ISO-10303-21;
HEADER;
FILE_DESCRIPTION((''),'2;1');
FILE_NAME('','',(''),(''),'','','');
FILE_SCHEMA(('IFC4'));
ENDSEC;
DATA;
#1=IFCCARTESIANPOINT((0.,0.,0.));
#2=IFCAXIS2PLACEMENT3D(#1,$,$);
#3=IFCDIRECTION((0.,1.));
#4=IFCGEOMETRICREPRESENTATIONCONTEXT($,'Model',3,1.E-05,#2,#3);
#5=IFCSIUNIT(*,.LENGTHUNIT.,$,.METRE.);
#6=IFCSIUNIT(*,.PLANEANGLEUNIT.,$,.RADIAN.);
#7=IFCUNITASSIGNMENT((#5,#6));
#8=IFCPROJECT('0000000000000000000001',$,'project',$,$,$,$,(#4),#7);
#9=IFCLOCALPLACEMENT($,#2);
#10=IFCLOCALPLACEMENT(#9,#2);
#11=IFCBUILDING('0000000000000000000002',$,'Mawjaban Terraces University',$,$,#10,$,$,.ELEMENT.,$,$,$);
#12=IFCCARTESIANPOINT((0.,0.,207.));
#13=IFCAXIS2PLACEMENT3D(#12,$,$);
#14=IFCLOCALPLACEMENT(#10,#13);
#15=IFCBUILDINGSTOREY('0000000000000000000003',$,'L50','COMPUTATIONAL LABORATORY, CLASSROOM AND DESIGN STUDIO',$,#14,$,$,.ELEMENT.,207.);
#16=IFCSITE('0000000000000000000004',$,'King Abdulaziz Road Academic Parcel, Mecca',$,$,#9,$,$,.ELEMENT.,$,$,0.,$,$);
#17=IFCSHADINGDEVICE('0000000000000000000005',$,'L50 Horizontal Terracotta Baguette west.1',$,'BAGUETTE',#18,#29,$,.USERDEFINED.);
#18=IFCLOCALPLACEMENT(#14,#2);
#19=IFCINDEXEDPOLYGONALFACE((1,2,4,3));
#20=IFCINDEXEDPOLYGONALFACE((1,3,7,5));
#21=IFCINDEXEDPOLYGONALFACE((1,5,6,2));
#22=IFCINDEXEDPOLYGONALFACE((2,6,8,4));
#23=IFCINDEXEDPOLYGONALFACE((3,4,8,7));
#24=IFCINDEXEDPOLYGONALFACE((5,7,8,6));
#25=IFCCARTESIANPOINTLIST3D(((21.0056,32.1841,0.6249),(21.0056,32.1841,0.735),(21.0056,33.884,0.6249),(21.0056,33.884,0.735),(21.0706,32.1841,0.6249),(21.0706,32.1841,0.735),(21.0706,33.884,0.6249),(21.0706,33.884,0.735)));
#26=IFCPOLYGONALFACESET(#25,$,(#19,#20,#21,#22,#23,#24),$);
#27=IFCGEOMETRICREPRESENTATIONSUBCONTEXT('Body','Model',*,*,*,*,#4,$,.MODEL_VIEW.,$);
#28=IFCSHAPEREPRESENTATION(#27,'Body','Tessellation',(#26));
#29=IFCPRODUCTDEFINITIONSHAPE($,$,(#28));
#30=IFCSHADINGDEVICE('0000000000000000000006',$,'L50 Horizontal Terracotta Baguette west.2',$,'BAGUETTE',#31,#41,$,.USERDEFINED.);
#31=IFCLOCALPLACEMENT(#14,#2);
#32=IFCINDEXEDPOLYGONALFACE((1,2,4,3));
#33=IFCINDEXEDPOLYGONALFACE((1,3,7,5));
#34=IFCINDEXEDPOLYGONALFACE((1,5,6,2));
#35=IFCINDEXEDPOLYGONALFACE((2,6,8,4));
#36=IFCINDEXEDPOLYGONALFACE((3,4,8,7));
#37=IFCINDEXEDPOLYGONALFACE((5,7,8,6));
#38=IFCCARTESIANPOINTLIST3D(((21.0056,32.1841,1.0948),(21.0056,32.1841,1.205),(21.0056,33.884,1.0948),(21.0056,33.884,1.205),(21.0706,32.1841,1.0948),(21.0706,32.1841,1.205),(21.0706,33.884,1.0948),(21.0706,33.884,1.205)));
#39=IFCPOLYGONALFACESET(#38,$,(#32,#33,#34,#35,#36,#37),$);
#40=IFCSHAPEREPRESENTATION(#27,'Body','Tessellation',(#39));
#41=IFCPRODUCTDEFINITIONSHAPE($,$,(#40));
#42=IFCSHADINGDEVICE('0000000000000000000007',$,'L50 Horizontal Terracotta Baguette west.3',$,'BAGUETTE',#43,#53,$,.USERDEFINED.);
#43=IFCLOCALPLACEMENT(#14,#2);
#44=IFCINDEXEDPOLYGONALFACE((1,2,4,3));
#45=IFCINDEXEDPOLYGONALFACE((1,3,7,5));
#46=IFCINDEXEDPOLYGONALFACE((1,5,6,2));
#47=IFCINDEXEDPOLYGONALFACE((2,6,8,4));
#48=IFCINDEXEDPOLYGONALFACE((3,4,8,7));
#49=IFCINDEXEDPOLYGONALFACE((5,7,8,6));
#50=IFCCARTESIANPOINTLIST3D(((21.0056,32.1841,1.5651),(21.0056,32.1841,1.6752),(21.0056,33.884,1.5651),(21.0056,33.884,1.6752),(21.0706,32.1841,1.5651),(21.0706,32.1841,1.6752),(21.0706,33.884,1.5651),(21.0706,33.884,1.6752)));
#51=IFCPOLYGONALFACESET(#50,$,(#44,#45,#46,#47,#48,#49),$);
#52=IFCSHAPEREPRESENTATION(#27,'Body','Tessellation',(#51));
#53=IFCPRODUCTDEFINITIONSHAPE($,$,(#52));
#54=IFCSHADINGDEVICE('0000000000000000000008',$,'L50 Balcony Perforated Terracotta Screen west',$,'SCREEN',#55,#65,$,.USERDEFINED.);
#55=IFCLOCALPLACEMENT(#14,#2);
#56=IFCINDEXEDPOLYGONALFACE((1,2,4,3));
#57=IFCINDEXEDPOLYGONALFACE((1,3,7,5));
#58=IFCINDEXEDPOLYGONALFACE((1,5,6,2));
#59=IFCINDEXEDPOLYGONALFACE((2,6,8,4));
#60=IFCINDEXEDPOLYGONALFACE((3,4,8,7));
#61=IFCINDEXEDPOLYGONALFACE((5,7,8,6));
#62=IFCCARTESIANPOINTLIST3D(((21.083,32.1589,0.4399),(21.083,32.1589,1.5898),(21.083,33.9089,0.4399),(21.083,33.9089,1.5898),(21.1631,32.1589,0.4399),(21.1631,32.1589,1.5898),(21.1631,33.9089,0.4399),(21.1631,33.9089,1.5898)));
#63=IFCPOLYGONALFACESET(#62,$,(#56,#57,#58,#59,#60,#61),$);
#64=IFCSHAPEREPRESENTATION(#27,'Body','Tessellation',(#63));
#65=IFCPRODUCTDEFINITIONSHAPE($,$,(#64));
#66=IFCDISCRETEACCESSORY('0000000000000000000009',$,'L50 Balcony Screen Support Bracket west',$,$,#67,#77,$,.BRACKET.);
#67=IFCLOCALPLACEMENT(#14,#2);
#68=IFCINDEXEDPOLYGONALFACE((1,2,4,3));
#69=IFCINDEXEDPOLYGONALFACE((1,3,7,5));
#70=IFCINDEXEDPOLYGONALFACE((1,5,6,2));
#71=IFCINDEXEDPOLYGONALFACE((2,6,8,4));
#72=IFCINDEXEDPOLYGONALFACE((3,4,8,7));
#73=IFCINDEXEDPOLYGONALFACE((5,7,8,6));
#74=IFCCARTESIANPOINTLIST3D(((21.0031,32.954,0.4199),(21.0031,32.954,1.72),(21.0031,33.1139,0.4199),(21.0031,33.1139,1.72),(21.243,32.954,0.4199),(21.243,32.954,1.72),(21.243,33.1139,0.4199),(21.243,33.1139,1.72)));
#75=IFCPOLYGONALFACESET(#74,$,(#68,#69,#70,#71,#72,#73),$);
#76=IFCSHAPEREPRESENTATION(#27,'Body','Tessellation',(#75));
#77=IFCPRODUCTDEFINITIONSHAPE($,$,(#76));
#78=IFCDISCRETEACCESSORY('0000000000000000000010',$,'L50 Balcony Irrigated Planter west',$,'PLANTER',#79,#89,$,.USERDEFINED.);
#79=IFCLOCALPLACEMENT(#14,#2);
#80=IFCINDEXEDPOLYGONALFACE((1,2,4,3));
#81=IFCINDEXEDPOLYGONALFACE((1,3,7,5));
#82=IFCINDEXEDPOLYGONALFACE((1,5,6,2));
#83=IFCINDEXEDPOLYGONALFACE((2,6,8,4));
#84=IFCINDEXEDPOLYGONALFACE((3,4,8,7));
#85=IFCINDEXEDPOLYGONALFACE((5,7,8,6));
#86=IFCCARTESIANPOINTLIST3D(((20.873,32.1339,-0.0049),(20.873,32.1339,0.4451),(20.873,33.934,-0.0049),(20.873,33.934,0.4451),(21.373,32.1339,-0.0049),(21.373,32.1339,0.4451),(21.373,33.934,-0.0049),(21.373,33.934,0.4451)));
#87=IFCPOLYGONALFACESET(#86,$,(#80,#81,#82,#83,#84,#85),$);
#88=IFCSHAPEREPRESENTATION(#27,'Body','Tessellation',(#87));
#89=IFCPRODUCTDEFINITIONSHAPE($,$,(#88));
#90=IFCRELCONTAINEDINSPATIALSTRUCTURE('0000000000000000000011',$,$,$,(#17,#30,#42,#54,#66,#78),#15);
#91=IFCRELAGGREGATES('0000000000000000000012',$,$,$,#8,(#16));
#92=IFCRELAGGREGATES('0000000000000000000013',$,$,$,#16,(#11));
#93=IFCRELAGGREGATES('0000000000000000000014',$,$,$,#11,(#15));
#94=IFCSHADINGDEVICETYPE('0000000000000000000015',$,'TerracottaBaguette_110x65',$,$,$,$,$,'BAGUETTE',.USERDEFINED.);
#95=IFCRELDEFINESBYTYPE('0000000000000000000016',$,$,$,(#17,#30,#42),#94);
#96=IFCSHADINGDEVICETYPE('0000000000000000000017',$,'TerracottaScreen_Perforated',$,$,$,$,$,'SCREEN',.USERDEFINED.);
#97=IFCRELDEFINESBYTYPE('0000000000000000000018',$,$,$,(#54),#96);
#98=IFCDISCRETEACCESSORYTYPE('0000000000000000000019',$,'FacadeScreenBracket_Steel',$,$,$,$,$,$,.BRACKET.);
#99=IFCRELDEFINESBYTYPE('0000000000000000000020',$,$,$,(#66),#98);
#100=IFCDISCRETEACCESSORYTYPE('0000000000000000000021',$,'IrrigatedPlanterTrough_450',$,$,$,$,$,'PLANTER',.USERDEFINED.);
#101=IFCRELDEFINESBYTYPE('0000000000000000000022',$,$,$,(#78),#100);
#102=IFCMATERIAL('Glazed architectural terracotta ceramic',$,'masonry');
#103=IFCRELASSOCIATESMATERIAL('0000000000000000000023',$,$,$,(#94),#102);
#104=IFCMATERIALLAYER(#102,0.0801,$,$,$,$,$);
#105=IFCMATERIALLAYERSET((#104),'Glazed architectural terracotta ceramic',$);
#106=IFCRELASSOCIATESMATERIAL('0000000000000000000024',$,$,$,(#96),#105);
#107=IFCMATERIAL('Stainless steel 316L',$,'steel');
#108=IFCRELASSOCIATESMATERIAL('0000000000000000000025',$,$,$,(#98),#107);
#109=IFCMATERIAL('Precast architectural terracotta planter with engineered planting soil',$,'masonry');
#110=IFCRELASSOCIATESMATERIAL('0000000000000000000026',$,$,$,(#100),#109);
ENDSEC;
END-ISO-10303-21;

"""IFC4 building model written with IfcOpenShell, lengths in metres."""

from ifc_helpers import new_model, si_unit, direction, frame, origin, origin_2d, place, context, subcontext, project, spatial, rectangle, extrude, material, layer, layer_set, material_profile, profile_set, type_object, element, save


model = new_model("IFC4")

# Units and contexts
model_context = context("Model", 3, precision=1e-05, world=origin(), true_north=direction((0.0, 1.0)))
body_context = subcontext(model_context, "Body", "Model", "MODEL_VIEW")
ifc_project = project(units=[si_unit("LENGTHUNIT", "METRE"), si_unit("PLANEANGLEUNIT", "RADIAN")], contexts=[model_context])

# Site, building, storey
site_placement = place(None, origin())
site = spatial("IfcSite", under=ifc_project, at=site_placement, Name="King Abdulaziz Road Academic Parcel, Mecca", CompositionType="ELEMENT", RefElevation=0.0)
building_placement = place(site_placement, origin())
building = spatial("IfcBuilding", under=site, at=building_placement, Name="Mawjaban Terraces University", CompositionType="ELEMENT")
storey_placement = place(building_placement, frame((0.0, 0.0, 207.0)))
storey = spatial("IfcBuildingStorey", under=building, at=storey_placement, Name="L50", Description="COMPUTATIONAL LABORATORY, CLASSROOM AND DESIGN STUDIO", CompositionType="ELEMENT", Elevation=207.0)

# Shading devices
ifc_material_1 = material(Name="Glazed architectural terracotta ceramic", Category="masonry")
ifc_material_profile_1 = material_profile(ifc_material_1, rectangle(XDim=0.0649, YDim=0.1101, at=origin_2d()), Name="TBAG110X65")
ifc_profile_set_1 = profile_set([ifc_material_profile_1], Name="Glazed architectural terracotta ceramic")
shading_device_type_1 = type_object("IfcShadingDeviceType", Name="TerracottaBaguette_110x65", ElementType="BAGUETTE", PredefinedType="USERDEFINED", material=ifc_profile_set_1)
for number, where, z_axis, x_axis, name in (
    (1, (21.0381, 32.1841, 0.6799), (0.0, 1.0, 0.0), (-1.0, 0.0, 0.0), "L50 Horizontal Terracotta Baguette west.1"),
    (2, (21.0381, 32.1841, 1.1499), (0.0, 1.0, 0.0), (-1.0, 0.0, 0.0), "L50 Horizontal Terracotta Baguette west.2"),
    (3, (21.0381, 32.1841, 1.6201), (0.0, 1.0, 0.0), (-1.0, 0.0, 0.0), "L50 Horizontal Terracotta Baguette west.3"),
):
    element("IfcShadingDevice", number, at=place(storey_placement, frame(where, z_axis=z_axis, x_axis=x_axis)), inside=storey, type_object=shading_device_type_1, Name=name, ObjectType="BAGUETTE", PredefinedType="USERDEFINED", context=body_context, shape_type="SweptSolid", body=[
        extrude(rectangle(XDim=0.0649, YDim=0.1101, at=origin_2d()), origin(), (0.0, 0.0, 1.0), 1.7),
    ])
ifc_layer_1 = layer(ifc_material_1, 0.0801)
ifc_layer_set_1 = layer_set([ifc_layer_1], Name="Glazed architectural terracotta ceramic")
shading_device_type_2 = type_object("IfcShadingDeviceType", Name="TerracottaScreen_Perforated", ElementType="SCREEN", PredefinedType="USERDEFINED", material=ifc_layer_set_1)
shading_device_placement = place(storey_placement, frame((21.123, 33.0339, 0.4399), z_axis=(0.0, 0.0, 1.0), x_axis=(0.0, 1.0, 0.0)))
element("IfcShadingDevice", 4, at=shading_device_placement, inside=storey, type_object=shading_device_type_2, Name="L50 Balcony Perforated Terracotta Screen west", ObjectType="SCREEN", PredefinedType="USERDEFINED", context=body_context, shape_type="SweptSolid", body=[
    extrude(rectangle(XDim=1.75, YDim=0.0801, at=origin_2d()), origin(), (0.0, 0.0, 1.0), 1.1499),
])

# Discrete accessories
ifc_material_2 = material(Name="Stainless steel 316L", Category="steel")
discrete_accessory_type_1 = type_object("IfcDiscreteAccessoryType", Name="FacadeScreenBracket_Steel", PredefinedType="BRACKET", material=ifc_material_2)
discrete_accessory_1_placement = place(storey_placement, frame((21.123, 33.0339, 0.4199), z_axis=(0.0, 0.0, 1.0), x_axis=(0.0, 1.0, 0.0)))
element("IfcDiscreteAccessory", 5, at=discrete_accessory_1_placement, inside=storey, type_object=discrete_accessory_type_1, Name="L50 Balcony Screen Support Bracket west", PredefinedType="BRACKET", context=body_context, shape_type="SweptSolid", body=[
    extrude(rectangle(XDim=0.1599, YDim=0.24, at=origin_2d()), origin(), (0.0, 0.0, 1.0), 1.3),
])
ifc_material_3 = material(Name="Precast architectural terracotta planter with engineered planting soil", Category="masonry")
discrete_accessory_type_2 = type_object("IfcDiscreteAccessoryType", Name="IrrigatedPlanterTrough_450", ElementType="PLANTER", PredefinedType="USERDEFINED", material=ifc_material_3)
discrete_accessory_2_placement = place(storey_placement, frame((21.123, 33.0339, -0.0049), z_axis=(0.0, 0.0, 1.0), x_axis=(0.0, 1.0, 0.0)))
element("IfcDiscreteAccessory", 6, at=discrete_accessory_2_placement, inside=storey, type_object=discrete_accessory_type_2, Name="L50 Balcony Irrigated Planter west", ObjectType="PLANTER", PredefinedType="USERDEFINED", context=body_context, shape_type="SweptSolid", body=[
    extrude(rectangle(XDim=1.8, YDim=0.5, at=origin_2d()), origin(), (0.0, 0.0, 1.0), 0.45),
])

save(model, "model.ifc")
